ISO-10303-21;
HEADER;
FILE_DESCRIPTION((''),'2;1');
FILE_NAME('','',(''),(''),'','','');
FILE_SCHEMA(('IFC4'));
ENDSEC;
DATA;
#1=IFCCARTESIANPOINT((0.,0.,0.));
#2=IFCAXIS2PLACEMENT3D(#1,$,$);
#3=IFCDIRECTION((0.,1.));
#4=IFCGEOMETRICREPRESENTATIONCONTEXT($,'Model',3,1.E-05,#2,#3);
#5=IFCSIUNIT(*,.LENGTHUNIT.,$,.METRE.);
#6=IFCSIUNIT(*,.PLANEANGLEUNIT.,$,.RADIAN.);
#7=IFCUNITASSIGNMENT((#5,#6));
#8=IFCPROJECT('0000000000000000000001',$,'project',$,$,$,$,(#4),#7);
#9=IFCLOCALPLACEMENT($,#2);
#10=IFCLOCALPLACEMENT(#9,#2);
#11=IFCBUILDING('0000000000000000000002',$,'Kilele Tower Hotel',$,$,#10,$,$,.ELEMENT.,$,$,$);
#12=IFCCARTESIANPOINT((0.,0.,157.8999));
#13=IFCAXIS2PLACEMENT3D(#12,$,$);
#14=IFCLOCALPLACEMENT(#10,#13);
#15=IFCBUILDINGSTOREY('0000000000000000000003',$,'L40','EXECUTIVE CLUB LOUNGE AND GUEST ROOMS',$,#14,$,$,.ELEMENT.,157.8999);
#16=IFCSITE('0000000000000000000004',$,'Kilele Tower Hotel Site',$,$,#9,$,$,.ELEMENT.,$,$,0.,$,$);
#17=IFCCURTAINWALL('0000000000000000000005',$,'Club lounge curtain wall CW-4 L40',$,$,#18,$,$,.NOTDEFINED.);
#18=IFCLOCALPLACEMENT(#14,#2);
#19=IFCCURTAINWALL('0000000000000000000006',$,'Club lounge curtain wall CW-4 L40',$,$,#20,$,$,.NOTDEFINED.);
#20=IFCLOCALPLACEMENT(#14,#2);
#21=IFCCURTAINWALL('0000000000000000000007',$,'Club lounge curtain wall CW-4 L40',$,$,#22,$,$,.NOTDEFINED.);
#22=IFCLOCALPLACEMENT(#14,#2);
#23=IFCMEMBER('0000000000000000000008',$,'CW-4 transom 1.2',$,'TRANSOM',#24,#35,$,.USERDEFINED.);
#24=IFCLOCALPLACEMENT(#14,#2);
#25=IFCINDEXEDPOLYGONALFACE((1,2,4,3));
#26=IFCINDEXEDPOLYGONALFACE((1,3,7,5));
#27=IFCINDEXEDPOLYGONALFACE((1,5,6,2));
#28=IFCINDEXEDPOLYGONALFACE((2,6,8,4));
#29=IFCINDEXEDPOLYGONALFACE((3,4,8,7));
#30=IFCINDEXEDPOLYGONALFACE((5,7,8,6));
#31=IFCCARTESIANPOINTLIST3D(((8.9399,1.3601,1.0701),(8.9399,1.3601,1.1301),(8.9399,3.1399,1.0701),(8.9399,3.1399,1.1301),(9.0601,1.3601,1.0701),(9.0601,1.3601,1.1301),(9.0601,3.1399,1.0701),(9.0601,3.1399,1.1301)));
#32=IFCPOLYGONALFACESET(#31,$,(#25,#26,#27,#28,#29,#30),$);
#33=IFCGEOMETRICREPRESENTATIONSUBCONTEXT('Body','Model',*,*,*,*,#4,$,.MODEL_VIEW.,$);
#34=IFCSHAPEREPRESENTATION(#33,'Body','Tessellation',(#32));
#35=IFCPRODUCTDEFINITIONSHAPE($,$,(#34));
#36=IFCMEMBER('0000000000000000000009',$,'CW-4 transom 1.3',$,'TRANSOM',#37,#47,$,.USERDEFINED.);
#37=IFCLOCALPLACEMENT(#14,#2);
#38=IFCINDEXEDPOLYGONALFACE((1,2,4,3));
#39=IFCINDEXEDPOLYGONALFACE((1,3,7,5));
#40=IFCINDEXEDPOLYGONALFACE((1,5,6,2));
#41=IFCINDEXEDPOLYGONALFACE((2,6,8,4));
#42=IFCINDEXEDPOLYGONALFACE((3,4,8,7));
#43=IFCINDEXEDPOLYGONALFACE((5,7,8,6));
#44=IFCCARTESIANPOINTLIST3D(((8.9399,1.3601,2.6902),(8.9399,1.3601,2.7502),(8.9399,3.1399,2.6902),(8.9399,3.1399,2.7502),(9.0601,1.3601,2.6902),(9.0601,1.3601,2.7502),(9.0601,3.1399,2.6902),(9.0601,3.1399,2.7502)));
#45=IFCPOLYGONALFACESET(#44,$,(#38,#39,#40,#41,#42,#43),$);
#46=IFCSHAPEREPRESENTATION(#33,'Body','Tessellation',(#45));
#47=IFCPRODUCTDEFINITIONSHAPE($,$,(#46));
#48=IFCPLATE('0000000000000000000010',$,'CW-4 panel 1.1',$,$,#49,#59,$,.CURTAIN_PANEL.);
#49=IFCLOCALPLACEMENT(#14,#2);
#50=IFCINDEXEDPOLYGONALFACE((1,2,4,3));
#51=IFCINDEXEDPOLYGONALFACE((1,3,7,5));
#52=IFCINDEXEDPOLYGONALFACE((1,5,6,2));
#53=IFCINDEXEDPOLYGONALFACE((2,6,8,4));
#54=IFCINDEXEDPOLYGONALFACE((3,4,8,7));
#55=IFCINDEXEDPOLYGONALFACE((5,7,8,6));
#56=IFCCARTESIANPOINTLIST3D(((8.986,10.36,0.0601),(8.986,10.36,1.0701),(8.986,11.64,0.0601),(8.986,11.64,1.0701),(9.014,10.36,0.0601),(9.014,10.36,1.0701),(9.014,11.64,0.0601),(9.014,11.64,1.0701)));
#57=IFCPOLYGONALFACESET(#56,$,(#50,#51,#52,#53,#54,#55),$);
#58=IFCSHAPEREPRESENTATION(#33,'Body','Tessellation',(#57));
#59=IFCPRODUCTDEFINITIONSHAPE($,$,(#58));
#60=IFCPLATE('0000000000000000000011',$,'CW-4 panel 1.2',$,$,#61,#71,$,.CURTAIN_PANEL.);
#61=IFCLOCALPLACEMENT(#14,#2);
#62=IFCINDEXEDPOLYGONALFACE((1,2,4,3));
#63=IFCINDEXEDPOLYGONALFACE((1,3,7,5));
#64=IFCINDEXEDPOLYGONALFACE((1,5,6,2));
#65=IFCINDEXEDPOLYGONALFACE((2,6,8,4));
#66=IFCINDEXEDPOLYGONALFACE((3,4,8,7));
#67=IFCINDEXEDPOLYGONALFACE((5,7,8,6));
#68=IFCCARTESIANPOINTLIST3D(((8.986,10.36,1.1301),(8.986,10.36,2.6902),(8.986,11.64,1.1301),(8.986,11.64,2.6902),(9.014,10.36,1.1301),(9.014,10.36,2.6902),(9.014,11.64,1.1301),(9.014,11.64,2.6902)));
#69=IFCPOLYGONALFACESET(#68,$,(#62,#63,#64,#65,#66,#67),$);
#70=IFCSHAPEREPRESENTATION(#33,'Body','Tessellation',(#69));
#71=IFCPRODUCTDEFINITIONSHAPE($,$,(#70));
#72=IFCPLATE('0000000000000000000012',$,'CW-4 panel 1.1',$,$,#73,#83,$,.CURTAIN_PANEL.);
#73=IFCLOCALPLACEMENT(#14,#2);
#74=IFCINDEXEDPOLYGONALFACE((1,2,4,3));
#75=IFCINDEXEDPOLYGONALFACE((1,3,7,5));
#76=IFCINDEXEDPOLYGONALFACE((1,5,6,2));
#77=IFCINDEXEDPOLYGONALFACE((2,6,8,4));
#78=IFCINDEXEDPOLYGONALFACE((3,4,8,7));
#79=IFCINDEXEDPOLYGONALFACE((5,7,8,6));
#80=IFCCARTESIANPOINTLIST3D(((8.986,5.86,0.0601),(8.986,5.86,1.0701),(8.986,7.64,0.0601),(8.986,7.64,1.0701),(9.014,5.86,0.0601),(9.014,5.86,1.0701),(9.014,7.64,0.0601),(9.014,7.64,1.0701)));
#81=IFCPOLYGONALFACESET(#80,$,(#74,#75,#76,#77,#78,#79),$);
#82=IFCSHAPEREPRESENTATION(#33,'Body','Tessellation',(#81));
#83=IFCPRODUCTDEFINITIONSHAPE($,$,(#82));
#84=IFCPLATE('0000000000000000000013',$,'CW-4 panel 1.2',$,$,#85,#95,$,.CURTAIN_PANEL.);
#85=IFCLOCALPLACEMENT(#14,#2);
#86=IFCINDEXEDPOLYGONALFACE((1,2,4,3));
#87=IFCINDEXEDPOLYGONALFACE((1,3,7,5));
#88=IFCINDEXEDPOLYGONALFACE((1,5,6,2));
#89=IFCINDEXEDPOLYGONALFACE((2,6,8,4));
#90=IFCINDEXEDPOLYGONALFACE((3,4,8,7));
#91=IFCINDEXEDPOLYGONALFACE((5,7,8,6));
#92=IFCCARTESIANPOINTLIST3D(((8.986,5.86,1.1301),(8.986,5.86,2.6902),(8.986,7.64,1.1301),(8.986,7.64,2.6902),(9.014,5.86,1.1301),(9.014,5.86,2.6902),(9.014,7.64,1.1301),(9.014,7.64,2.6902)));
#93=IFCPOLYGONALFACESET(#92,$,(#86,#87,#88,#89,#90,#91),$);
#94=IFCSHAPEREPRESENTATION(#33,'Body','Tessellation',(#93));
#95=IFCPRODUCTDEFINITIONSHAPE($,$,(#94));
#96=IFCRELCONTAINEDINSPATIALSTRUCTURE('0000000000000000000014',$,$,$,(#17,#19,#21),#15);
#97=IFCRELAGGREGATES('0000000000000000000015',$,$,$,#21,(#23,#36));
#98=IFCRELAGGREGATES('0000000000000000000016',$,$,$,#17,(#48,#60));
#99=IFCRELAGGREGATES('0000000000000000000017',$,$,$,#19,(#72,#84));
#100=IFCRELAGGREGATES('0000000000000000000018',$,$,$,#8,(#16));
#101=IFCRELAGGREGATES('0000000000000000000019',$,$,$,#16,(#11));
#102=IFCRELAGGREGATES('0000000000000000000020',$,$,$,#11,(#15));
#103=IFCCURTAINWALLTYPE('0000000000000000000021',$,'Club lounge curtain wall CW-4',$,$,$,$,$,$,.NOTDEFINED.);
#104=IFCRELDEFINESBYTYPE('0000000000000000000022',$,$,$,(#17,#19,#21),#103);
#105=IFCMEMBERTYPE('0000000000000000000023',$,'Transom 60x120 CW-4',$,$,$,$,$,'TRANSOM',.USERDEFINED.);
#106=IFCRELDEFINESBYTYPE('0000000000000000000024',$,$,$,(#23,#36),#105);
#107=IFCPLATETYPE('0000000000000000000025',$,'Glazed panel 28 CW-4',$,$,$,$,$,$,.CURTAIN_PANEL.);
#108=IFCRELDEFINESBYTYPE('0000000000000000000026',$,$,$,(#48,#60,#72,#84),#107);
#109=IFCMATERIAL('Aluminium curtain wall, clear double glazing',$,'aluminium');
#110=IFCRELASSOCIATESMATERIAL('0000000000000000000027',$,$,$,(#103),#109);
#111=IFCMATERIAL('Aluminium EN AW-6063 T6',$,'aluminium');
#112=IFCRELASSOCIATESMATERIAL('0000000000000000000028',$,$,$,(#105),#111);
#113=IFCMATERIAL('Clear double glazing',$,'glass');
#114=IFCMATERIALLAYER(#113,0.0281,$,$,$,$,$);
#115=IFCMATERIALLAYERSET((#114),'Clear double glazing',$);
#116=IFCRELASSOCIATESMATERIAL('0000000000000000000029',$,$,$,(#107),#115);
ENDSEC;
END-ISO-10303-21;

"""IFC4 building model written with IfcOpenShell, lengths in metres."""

from ifc_helpers import new_model, si_unit, direction, frame, origin, origin_2d, place, context, subcontext, project, spatial, rectangle, extrude, material, layer, layer_set, material_profile, profile_set, type_object, element, aggregate, save


model = new_model("IFC4")

# Units and contexts
model_context = context("Model", 3, precision=1e-05, world=origin(), true_north=direction((0.0, 1.0)))
body_context = subcontext(model_context, "Body", "Model", "MODEL_VIEW")
ifc_project = project(units=[si_unit("LENGTHUNIT", "METRE"), si_unit("PLANEANGLEUNIT", "RADIAN")], contexts=[model_context])

# Site, building, storey
site_placement = place(None, origin())
site = spatial("IfcSite", under=ifc_project, at=site_placement, Name="Kilele Tower Hotel Site", CompositionType="ELEMENT", RefElevation=0.0)
building_placement = place(site_placement, origin())
building = spatial("IfcBuilding", under=site, at=building_placement, Name="Kilele Tower Hotel", CompositionType="ELEMENT")
storey_placement = place(building_placement, frame((0.0, 0.0, 157.8999)))
storey = spatial("IfcBuildingStorey", under=building, at=storey_placement, Name="L40", Description="EXECUTIVE CLUB LOUNGE AND GUEST ROOMS", CompositionType="ELEMENT", Elevation=157.8999)

# Curtain wall
ifc_material_1 = material(Name="Aluminium curtain wall, clear double glazing", Category="aluminium")
curtain_wall_type = type_object("IfcCurtainWallType", Name="Club lounge curtain wall CW-4", PredefinedType="NOTDEFINED", material=ifc_material_1)
curtain_wall_1_placement = place(storey_placement, origin())
curtain_wall_1 = element("IfcCurtainWall", 1, at=curtain_wall_1_placement, inside=storey, type_object=curtain_wall_type, Name="Club lounge curtain wall CW-4 L40", PredefinedType="NOTDEFINED")

# Curtain wall
curtain_wall_2_placement = place(storey_placement, origin())
curtain_wall_2 = element("IfcCurtainWall", 2, at=curtain_wall_2_placement, inside=storey, type_object=curtain_wall_type, Name="Club lounge curtain wall CW-4 L40", PredefinedType="NOTDEFINED")

# Curtain wall
curtain_wall_3_placement = place(storey_placement, origin())
curtain_wall_3 = element("IfcCurtainWall", 3, at=curtain_wall_3_placement, inside=storey, type_object=curtain_wall_type, Name="Club lounge curtain wall CW-4 L40", PredefinedType="NOTDEFINED")

# Members
ifc_material_2 = material(Name="Aluminium EN AW-6063 T6", Category="aluminium")
ifc_material_profile_1 = material_profile(ifc_material_2, rectangle(XDim=0.1201, YDim=0.0601, at=origin_2d()))
ifc_profile_set_1 = profile_set([ifc_material_profile_1], Name="Aluminium EN AW-6063 T6")
member_type_1 = type_object("IfcMemberType", Name="Transom 60x120 CW-4", ElementType="TRANSOM", PredefinedType="USERDEFINED", material=ifc_profile_set_1)
member_1_placement = place(storey_placement, frame((9.0, 3.1399, 1.1001), z_axis=(0.0, -1.0, 0.0), x_axis=(1.0, 0.0, 0.0)))
member_1 = element("IfcMember", 4, at=member_1_placement, type_object=member_type_1, Name="CW-4 transom 1.2", ObjectType="TRANSOM", PredefinedType="USERDEFINED", context=body_context, shape_type="SweptSolid", body=[
    extrude(rectangle(XDim=0.1201, YDim=0.0601, at=origin_2d()), origin(), (0.0, 0.0, 1.0), 1.7798),
])
member_2_placement = place(storey_placement, frame((9.0, 3.1399, 2.7202), z_axis=(0.0, -1.0, 0.0), x_axis=(1.0, 0.0, 0.0)))
member_2 = element("IfcMember", 5, at=member_2_placement, type_object=member_type_1, Name="CW-4 transom 1.3", ObjectType="TRANSOM", PredefinedType="USERDEFINED", context=body_context, shape_type="SweptSolid", body=[
    extrude(rectangle(XDim=0.1201, YDim=0.0601, at=origin_2d()), origin(), (0.0, 0.0, 1.0), 1.7798),
])
aggregate(curtain_wall_3, [member_1, member_2])

# Plates
ifc_material_3 = material(Name="Clear double glazing", Category="glass")
ifc_layer_1 = layer(ifc_material_3, 0.0281)
ifc_layer_set_1 = layer_set([ifc_layer_1], Name="Clear double glazing")
plate_type = type_object("IfcPlateType", Name="Glazed panel 28 CW-4", PredefinedType="CURTAIN_PANEL", material=ifc_layer_set_1)
plate_1_placement = place(storey_placement, frame((9.0, 11.0, 0.0601), z_axis=(0.0, 0.0, 1.0), x_axis=(0.0, -1.0, 0.0)))
plate_1 = element("IfcPlate", 6, at=plate_1_placement, type_object=plate_type, Name="CW-4 panel 1.1", PredefinedType="CURTAIN_PANEL", context=body_context, shape_type="SweptSolid", body=[
    extrude(rectangle(XDim=1.28, YDim=0.0281, at=origin_2d()), origin(), (0.0, 0.0, 1.0), 1.01),
])
plate_2_placement = place(storey_placement, frame((9.0, 11.0, 1.1301), z_axis=(0.0, 0.0, 1.0), x_axis=(0.0, -1.0, 0.0)))
plate_2 = element("IfcPlate", 7, at=plate_2_placement, type_object=plate_type, Name="CW-4 panel 1.2", PredefinedType="CURTAIN_PANEL", context=body_context, shape_type="SweptSolid", body=[
    extrude(rectangle(XDim=1.28, YDim=0.0281, at=origin_2d()), origin(), (0.0, 0.0, 1.0), 1.5601),
])
aggregate(curtain_wall_1, [plate_1, plate_2])
plate_3_placement = place(storey_placement, frame((9.0, 6.75, 0.0601), z_axis=(0.0, 0.0, 1.0), x_axis=(0.0, -1.0, 0.0)))
plate_3 = element("IfcPlate", 8, at=plate_3_placement, type_object=plate_type, Name="CW-4 panel 1.1", PredefinedType="CURTAIN_PANEL", context=body_context, shape_type="SweptSolid", body=[
    extrude(rectangle(XDim=1.78, YDim=0.0281, at=origin_2d()), origin(), (0.0, 0.0, 1.0), 1.01),
])
plate_4_placement = place(storey_placement, frame((9.0, 6.75, 1.1301), z_axis=(0.0, 0.0, 1.0), x_axis=(0.0, -1.0, 0.0)))
plate_4 = element("IfcPlate", 9, at=plate_4_placement, type_object=plate_type, Name="CW-4 panel 1.2", PredefinedType="CURTAIN_PANEL", context=body_context, shape_type="SweptSolid", body=[
    extrude(rectangle(XDim=1.78, YDim=0.0281, at=origin_2d()), origin(), (0.0, 0.0, 1.0), 1.5601),
])
aggregate(curtain_wall_2, [plate_3, plate_4])

save(model, "model.ifc")
